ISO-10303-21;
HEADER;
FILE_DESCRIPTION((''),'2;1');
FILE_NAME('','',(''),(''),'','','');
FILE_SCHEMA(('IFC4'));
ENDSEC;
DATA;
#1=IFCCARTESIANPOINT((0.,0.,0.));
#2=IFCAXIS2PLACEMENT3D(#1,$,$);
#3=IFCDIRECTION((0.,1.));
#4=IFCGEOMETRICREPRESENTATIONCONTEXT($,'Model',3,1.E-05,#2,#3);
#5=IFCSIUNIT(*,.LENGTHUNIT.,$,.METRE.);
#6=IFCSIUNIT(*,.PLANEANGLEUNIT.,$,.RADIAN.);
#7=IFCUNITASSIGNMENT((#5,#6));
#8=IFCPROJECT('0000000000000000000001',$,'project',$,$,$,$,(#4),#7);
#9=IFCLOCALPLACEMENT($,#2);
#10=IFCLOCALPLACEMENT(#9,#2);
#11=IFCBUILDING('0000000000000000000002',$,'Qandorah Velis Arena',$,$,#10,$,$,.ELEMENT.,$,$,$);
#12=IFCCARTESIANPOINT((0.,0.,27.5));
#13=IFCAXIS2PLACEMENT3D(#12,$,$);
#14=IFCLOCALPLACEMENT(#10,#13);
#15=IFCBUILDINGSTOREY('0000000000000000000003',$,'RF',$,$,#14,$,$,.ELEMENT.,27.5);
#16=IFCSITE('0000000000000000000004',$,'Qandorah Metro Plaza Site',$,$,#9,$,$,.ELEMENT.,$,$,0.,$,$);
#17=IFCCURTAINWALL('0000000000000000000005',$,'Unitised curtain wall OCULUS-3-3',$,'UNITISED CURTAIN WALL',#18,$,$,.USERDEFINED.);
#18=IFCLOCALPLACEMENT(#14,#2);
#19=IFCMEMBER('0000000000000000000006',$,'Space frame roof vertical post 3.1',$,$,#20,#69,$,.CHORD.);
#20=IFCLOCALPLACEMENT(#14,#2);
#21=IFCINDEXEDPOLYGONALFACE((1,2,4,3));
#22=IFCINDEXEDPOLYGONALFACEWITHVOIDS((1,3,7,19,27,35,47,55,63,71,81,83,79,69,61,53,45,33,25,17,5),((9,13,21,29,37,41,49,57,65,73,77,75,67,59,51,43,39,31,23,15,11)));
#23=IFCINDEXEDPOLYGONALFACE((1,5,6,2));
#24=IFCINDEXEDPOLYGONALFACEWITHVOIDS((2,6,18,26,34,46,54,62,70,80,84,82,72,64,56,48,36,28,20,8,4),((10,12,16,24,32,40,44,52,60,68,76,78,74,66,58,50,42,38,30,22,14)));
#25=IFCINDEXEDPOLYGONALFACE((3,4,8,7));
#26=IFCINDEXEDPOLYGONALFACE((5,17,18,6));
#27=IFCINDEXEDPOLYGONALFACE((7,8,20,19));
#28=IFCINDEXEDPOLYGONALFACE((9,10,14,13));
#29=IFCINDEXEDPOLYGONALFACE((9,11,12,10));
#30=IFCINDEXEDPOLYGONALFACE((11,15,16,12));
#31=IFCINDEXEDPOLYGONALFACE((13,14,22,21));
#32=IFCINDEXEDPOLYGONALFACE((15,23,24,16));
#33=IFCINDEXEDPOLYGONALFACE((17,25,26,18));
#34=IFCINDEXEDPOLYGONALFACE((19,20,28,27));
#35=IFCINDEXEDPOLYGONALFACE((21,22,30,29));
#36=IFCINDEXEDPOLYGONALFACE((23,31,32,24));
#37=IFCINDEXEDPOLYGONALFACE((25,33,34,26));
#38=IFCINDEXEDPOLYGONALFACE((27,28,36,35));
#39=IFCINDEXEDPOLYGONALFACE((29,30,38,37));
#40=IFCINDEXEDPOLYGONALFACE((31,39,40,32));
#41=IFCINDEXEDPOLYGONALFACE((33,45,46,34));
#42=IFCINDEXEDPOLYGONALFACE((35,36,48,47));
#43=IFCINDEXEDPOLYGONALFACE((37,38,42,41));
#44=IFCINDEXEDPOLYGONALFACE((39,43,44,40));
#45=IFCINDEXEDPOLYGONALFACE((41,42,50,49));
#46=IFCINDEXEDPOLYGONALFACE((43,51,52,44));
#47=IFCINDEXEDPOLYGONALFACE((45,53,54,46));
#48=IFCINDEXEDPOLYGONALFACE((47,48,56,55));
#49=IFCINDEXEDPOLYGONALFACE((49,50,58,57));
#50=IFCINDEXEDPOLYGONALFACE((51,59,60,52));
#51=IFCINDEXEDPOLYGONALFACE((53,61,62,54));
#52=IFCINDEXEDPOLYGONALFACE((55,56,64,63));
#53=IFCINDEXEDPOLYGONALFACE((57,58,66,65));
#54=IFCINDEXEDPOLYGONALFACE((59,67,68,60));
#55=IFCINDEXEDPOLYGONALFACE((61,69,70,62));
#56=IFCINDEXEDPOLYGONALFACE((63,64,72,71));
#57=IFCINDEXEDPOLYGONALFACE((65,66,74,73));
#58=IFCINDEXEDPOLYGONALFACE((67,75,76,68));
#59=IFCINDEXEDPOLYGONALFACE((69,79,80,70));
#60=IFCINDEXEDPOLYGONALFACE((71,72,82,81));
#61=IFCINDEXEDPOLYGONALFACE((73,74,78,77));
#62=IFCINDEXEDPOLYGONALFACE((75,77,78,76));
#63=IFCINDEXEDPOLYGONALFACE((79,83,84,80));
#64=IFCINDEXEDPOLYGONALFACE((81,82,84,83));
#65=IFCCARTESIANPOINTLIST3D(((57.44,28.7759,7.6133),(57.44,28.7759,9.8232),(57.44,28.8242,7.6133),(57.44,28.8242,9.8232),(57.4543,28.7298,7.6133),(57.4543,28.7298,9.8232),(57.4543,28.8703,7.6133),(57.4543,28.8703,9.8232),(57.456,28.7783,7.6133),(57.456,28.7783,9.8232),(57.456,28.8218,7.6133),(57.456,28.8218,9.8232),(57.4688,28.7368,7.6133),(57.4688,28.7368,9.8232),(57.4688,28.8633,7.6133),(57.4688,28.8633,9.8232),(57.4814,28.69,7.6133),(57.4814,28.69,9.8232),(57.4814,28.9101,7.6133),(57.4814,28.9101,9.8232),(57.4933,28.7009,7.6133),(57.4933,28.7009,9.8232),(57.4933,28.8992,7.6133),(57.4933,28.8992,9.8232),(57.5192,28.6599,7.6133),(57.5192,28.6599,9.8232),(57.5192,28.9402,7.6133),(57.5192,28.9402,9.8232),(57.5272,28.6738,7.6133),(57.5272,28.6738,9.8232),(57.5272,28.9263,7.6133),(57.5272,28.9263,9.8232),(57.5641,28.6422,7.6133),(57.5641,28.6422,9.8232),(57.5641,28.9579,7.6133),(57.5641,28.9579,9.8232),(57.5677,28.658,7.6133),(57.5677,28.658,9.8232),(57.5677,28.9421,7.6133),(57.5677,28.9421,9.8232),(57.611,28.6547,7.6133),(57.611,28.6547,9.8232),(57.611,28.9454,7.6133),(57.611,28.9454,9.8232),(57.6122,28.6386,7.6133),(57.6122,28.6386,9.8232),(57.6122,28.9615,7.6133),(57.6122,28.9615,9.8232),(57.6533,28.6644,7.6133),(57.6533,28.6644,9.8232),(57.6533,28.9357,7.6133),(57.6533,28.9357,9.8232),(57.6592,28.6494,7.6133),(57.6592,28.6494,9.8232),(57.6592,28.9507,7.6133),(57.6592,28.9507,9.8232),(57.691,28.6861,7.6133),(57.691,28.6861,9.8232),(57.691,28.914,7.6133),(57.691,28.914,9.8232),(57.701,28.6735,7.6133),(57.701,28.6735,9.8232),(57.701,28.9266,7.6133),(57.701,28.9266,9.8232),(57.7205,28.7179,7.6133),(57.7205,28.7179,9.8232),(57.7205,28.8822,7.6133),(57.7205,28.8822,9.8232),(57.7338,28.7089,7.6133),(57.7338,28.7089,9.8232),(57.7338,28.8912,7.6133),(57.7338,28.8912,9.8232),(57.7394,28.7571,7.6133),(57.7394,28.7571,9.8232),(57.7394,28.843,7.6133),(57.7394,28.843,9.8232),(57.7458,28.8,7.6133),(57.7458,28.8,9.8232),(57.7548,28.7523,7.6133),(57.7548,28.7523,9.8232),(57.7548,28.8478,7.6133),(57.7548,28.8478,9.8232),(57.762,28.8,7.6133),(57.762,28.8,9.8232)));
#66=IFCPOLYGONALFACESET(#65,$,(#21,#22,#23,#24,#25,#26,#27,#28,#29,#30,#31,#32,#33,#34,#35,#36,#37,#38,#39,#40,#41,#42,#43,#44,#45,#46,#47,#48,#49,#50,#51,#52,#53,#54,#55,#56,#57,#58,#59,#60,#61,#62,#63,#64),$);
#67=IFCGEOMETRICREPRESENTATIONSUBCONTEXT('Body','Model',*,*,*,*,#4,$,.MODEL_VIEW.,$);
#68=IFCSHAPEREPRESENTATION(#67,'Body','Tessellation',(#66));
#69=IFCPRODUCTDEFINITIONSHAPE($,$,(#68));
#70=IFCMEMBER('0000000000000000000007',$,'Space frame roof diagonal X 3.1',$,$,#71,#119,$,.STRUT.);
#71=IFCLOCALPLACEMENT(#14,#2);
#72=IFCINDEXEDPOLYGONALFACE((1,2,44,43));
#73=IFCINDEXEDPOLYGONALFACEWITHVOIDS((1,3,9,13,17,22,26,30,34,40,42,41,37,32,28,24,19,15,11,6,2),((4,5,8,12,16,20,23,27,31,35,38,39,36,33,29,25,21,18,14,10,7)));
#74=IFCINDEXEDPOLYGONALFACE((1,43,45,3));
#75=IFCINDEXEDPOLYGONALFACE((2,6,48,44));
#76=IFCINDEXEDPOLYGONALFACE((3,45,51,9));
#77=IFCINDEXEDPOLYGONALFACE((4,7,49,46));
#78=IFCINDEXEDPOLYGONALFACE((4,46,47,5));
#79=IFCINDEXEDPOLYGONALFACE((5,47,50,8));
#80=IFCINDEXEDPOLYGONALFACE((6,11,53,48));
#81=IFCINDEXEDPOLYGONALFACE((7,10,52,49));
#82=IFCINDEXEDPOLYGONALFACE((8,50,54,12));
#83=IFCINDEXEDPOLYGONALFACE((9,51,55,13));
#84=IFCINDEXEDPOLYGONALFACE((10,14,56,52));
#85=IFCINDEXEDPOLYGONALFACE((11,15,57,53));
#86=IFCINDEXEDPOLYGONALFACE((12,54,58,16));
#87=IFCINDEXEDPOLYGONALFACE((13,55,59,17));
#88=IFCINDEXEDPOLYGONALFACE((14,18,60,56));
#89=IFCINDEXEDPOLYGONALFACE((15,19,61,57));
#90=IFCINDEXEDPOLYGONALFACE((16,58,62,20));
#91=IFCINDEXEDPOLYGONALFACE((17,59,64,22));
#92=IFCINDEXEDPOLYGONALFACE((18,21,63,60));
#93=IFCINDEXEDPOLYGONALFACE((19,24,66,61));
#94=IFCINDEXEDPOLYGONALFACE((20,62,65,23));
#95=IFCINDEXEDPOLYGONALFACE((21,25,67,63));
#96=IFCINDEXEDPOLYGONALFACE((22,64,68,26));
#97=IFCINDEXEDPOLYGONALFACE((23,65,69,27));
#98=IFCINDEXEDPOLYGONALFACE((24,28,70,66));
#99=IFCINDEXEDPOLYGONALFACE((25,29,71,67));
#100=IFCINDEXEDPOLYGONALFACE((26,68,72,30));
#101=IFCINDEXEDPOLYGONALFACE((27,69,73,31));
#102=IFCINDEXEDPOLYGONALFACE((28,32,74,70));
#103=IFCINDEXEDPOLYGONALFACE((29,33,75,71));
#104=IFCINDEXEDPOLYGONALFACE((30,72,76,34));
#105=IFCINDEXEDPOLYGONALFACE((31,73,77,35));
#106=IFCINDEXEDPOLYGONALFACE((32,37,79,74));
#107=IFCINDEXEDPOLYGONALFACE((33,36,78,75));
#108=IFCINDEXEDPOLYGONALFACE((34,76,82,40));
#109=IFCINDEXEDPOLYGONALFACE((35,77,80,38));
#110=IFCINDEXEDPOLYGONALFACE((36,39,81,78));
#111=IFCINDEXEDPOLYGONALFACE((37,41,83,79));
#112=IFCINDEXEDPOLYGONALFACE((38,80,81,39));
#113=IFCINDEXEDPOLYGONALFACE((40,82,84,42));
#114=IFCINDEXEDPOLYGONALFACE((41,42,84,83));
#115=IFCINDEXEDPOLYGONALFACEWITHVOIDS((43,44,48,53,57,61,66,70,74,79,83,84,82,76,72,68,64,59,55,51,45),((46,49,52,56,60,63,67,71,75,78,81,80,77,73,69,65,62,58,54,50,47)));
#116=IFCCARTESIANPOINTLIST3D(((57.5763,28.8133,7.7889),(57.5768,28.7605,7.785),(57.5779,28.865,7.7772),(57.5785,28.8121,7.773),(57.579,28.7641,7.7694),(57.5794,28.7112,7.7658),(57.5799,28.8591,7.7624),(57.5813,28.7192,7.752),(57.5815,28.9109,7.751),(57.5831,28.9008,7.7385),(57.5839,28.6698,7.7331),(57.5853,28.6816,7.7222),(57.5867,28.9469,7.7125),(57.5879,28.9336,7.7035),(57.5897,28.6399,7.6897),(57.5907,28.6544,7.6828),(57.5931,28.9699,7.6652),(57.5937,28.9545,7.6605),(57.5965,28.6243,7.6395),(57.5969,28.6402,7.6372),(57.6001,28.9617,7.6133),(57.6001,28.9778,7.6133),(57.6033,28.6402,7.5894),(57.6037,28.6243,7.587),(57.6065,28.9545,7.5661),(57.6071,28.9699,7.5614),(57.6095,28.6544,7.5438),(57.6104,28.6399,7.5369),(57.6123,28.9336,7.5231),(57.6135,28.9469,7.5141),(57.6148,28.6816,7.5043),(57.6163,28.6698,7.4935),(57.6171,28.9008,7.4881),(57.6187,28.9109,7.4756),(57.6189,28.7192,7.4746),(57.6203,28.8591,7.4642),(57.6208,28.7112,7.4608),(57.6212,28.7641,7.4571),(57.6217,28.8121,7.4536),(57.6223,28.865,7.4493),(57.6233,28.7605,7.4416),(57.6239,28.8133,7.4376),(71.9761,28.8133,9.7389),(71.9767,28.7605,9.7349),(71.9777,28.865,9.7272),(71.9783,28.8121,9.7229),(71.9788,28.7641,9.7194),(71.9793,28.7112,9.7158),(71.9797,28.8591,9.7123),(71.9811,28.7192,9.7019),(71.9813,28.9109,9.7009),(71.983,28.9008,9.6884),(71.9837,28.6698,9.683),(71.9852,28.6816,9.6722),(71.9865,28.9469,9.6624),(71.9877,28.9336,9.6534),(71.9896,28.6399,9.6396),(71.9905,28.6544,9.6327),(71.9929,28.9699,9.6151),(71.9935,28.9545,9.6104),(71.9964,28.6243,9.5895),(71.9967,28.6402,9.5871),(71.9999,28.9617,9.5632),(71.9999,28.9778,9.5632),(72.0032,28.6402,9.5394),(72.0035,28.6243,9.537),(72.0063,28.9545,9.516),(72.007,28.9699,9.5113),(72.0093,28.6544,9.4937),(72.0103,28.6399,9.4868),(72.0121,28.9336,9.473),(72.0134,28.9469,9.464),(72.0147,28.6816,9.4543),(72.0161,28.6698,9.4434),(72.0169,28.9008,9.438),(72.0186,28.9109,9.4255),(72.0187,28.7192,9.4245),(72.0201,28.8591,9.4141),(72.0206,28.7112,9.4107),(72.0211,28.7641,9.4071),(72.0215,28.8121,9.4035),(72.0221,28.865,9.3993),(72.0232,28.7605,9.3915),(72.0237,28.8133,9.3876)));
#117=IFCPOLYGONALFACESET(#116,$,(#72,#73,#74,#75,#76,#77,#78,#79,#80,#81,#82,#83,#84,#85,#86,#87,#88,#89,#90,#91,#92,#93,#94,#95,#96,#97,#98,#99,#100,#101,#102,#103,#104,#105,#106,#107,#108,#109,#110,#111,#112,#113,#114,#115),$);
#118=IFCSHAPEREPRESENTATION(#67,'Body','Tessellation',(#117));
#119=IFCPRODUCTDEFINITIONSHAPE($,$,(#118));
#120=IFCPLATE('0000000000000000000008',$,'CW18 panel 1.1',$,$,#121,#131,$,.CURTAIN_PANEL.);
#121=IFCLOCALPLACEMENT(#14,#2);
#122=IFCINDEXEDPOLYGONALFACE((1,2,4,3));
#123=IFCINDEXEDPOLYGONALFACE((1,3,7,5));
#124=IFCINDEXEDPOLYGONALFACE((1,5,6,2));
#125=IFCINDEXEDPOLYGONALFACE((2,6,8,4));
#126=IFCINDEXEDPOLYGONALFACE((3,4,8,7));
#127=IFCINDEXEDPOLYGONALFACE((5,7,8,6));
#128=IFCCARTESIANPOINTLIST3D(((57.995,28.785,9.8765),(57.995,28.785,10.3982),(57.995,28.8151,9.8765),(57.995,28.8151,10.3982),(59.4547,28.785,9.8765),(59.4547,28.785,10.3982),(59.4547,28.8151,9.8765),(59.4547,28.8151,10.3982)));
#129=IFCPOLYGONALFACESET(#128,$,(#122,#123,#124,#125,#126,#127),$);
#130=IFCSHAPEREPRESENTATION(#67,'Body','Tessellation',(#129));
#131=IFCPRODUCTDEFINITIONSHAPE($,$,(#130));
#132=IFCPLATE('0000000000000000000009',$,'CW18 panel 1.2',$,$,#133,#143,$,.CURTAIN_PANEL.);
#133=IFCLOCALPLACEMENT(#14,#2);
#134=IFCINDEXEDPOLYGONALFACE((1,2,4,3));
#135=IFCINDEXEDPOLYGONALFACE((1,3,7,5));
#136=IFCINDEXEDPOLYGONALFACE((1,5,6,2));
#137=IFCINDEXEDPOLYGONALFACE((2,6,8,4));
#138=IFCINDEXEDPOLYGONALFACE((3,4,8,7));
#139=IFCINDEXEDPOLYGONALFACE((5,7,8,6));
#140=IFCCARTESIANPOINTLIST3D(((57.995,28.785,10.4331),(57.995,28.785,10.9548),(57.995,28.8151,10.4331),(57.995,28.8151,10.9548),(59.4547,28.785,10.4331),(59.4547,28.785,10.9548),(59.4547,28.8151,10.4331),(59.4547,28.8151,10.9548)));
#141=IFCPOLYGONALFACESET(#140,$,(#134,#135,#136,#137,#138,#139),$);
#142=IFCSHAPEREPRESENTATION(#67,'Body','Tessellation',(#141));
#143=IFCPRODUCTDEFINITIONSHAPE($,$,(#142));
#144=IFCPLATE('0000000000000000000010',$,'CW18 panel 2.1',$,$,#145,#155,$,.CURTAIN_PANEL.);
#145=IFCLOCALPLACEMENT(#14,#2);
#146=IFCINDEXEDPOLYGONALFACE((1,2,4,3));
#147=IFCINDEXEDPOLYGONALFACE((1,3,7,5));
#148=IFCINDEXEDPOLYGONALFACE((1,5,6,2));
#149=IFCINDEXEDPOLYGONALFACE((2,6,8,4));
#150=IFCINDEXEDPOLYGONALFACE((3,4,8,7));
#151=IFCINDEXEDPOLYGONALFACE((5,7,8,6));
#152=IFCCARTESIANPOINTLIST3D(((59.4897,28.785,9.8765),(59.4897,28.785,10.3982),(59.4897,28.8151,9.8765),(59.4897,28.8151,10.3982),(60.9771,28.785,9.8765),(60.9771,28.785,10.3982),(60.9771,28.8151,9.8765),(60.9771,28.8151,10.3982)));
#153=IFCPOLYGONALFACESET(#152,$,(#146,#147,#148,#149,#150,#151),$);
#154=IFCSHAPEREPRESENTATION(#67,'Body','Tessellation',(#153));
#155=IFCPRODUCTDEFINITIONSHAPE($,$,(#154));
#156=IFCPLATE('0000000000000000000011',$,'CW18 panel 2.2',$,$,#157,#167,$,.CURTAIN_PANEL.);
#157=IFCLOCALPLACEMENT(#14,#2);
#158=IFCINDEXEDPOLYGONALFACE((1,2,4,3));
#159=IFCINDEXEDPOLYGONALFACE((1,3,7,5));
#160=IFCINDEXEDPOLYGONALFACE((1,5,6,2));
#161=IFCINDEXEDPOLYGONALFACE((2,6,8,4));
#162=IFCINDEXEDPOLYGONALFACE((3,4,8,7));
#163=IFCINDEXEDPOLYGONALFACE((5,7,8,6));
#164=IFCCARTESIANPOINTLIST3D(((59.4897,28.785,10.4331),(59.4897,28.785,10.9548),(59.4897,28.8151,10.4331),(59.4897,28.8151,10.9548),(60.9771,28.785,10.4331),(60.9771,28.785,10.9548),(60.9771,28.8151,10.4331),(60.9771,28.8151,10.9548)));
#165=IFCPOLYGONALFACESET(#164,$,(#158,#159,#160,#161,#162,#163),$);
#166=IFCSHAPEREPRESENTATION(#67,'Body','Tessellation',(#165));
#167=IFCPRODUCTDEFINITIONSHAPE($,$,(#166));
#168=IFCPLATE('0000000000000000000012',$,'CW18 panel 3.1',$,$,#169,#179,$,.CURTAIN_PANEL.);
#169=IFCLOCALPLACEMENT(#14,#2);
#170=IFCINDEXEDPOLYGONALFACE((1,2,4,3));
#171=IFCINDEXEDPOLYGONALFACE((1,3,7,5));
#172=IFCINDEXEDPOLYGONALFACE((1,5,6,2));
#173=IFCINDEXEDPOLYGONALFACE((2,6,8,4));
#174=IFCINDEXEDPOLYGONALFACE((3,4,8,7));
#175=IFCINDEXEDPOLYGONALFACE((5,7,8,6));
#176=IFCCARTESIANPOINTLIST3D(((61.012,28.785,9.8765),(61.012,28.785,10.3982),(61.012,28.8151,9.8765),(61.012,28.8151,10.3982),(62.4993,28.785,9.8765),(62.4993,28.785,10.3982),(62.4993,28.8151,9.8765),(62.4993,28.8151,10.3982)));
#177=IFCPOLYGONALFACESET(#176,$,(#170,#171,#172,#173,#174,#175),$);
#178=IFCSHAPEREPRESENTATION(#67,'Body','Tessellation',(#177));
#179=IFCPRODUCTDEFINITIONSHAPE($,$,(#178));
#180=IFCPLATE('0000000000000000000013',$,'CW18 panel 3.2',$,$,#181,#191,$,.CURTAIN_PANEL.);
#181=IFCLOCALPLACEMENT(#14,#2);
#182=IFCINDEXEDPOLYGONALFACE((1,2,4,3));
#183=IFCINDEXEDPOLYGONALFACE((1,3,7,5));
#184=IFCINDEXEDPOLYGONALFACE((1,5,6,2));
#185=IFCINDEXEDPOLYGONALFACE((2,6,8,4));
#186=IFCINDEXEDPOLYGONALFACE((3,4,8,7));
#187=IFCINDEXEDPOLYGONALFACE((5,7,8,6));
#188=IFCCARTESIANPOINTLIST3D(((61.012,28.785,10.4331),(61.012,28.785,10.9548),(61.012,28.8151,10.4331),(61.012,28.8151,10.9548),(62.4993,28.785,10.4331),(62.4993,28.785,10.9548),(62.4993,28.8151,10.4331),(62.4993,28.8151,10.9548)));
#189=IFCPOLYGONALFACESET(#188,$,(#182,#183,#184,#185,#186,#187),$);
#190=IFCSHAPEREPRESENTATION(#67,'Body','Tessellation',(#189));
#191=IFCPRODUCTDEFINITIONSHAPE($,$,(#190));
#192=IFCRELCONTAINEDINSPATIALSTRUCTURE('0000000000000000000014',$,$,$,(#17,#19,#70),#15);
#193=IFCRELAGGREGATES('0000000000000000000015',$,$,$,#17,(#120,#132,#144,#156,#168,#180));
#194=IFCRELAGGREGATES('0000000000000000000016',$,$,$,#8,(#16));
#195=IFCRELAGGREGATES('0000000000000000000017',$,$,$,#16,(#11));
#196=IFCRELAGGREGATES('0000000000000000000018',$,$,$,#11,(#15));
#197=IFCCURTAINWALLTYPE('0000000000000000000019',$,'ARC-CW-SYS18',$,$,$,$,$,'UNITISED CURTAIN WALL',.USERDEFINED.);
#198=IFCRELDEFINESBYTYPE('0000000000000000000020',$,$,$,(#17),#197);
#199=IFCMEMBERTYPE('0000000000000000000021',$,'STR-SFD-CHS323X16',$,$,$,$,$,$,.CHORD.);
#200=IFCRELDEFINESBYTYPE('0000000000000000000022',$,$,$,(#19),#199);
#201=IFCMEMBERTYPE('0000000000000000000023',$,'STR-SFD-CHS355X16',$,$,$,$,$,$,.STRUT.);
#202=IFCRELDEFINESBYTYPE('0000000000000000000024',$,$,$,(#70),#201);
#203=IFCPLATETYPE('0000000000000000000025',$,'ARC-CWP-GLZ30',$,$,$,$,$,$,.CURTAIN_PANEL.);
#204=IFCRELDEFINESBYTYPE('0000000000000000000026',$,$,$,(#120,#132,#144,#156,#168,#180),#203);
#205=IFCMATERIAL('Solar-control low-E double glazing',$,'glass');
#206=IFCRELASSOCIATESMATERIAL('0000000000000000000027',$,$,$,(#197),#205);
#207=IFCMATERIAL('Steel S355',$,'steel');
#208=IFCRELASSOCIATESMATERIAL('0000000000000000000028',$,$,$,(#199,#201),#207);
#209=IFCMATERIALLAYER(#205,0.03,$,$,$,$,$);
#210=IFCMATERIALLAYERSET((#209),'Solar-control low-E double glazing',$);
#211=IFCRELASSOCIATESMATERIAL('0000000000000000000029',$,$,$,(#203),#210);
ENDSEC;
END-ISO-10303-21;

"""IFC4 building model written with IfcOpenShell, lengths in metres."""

from ifc_helpers import new_model, si_unit, direction, frame, origin, origin_2d, place, context, subcontext, project, spatial, rectangle, hollow_circle, extrude, material, layer, layer_set, material_profile, profile_set, type_object, element, aggregate, save


model = new_model("IFC4")

# Units and contexts
model_context = context("Model", 3, precision=1e-05, world=origin(), true_north=direction((0.0, 1.0)))
body_context = subcontext(model_context, "Body", "Model", "MODEL_VIEW")
ifc_project = project(units=[si_unit("LENGTHUNIT", "METRE"), si_unit("PLANEANGLEUNIT", "RADIAN")], contexts=[model_context])

# Site, building, storey
site_placement = place(None, origin())
site = spatial("IfcSite", under=ifc_project, at=site_placement, Name="Qandorah Metro Plaza Site", CompositionType="ELEMENT", RefElevation=0.0)
building_placement = place(site_placement, origin())
building = spatial("IfcBuilding", under=site, at=building_placement, Name="Qandorah Velis Arena", CompositionType="ELEMENT")
storey_placement = place(building_placement, frame((0.0, 0.0, 27.5)))
storey = spatial("IfcBuildingStorey", under=building, at=storey_placement, Name="RF", CompositionType="ELEMENT", Elevation=27.5)

# Shared definitions
ifc_material_1 = material(Name="Solar-control low-E double glazing", Category="glass")

# Curtain wall
curtain_wall_type_1 = type_object("IfcCurtainWallType", Name="ARC-CW-SYS18", ElementType="UNITISED CURTAIN WALL", PredefinedType="USERDEFINED", material=ifc_material_1)
curtain_wall_1_placement = place(storey_placement, origin())
curtain_wall_1 = element("IfcCurtainWall", 1, at=curtain_wall_1_placement, inside=storey, type_object=curtain_wall_type_1, Name="Unitised curtain wall OCULUS-3-3", ObjectType="UNITISED CURTAIN WALL", PredefinedType="USERDEFINED")

# Shared definitions
ifc_material_2 = material(Name="Steel S355", Category="steel")

# Members
ifc_material_profile_1 = material_profile(ifc_material_2, hollow_circle(Radius=0.1619, WallThickness=0.0161, at=origin_2d()), Name="CHS 323.9x16")
ifc_profile_set_1 = profile_set([ifc_material_profile_1], Name="Steel S355")
member_type_1 = type_object("IfcMemberType", Name="STR-SFD-CHS323X16", PredefinedType="CHORD", material=ifc_profile_set_1)
for number, where, z_axis, x_axis, name in (
    (2, (57.6001, 28.8, 7.6133), (0.0, 0.0, 1.0), (1.0, 0.0, 0.0), "Space frame roof vertical post 3.1"),
):
    element("IfcMember", number, at=place(storey_placement, frame(where, z_axis=z_axis, x_axis=x_axis)), inside=storey, type_object=member_type_1, Name=name, PredefinedType="CHORD", context=body_context, shape_type="SweptSolid", body=[
        extrude(hollow_circle(Radius=0.1619, WallThickness=0.0161, at=origin_2d()), origin(), (0.0, 0.0, 1.0), 2.21),
    ])
ifc_material_profile_2 = material_profile(ifc_material_2, hollow_circle(Radius=0.1777, WallThickness=0.0161, at=origin_2d()), Name="CHS 355.6x16")
ifc_profile_set_2 = profile_set([ifc_material_profile_2], Name="Steel S355")
member_type_2 = type_object("IfcMemberType", Name="STR-SFD-CHS355X16", PredefinedType="STRUT", material=ifc_profile_set_2)
member_1_placement = place(storey_placement, frame((57.6001, 28.8, 7.6133), z_axis=(0.990956, 0.0, 0.134189), x_axis=(0.0, 1.0, 0.0)))
element("IfcMember", 3, at=member_1_placement, inside=storey, type_object=member_type_2, Name="Space frame roof diagonal X 3.1", PredefinedType="STRUT", context=body_context, shape_type="SweptSolid", body=[
    extrude(hollow_circle(Radius=0.1777, WallThickness=0.0161, at=origin_2d()), origin(), (0.0, 0.0, 1.0), 14.5312),
])

# Plates
ifc_layer_1 = layer(ifc_material_1, 0.03)
ifc_layer_set_1 = layer_set([ifc_layer_1], Name="Solar-control low-E double glazing")
plate_type_1 = type_object("IfcPlateType", Name="ARC-CWP-GLZ30", PredefinedType="CURTAIN_PANEL", material=ifc_layer_set_1)
plate_1_placement = place(storey_placement, frame((58.7249, 28.8, 9.8765), z_axis=(0.0, 0.0, 1.0), x_axis=(1.0, 0.0, 0.0)))
plate_1 = element("IfcPlate", 4, at=plate_1_placement, type_object=plate_type_1, Name="CW18 panel 1.1", PredefinedType="CURTAIN_PANEL", context=body_context, shape_type="SweptSolid", body=[
    extrude(rectangle(XDim=1.4597, YDim=0.03, at=origin_2d()), origin(), (0.0, 0.0, 1.0), 0.5217),
])
plate_2_placement = place(storey_placement, frame((58.7249, 28.8, 10.4331), z_axis=(0.0, 0.0, 1.0), x_axis=(1.0, 0.0, 0.0)))
plate_2 = element("IfcPlate", 5, at=plate_2_placement, type_object=plate_type_1, Name="CW18 panel 1.2", PredefinedType="CURTAIN_PANEL", context=body_context, shape_type="SweptSolid", body=[
    extrude(rectangle(XDim=1.4597, YDim=0.03, at=origin_2d()), origin(), (0.0, 0.0, 1.0), 0.5217),
])
plate_3_placement = place(storey_placement, frame((60.2334, 28.8, 9.8765), z_axis=(0.0, 0.0, 1.0), x_axis=(1.0, 0.0, 0.0)))
plate_3 = element("IfcPlate", 6, at=plate_3_placement, type_object=plate_type_1, Name="CW18 panel 2.1", PredefinedType="CURTAIN_PANEL", context=body_context, shape_type="SweptSolid", body=[
    extrude(rectangle(XDim=1.4873, YDim=0.03, at=origin_2d()), origin(), (0.0, 0.0, 1.0), 0.5217),
])
plate_4_placement = place(storey_placement, frame((60.2334, 28.8, 10.4331), z_axis=(0.0, 0.0, 1.0), x_axis=(1.0, 0.0, 0.0)))
plate_4 = element("IfcPlate", 7, at=plate_4_placement, type_object=plate_type_1, Name="CW18 panel 2.2", PredefinedType="CURTAIN_PANEL", context=body_context, shape_type="SweptSolid", body=[
    extrude(rectangle(XDim=1.4873, YDim=0.03, at=origin_2d()), origin(), (0.0, 0.0, 1.0), 0.5217),
])
plate_5_placement = place(storey_placement, frame((61.7556, 28.8, 9.8765), z_axis=(0.0, 0.0, 1.0), x_axis=(1.0, 0.0, 0.0)))
plate_5 = element("IfcPlate", 8, at=plate_5_placement, type_object=plate_type_1, Name="CW18 panel 3.1", PredefinedType="CURTAIN_PANEL", context=body_context, shape_type="SweptSolid", body=[
    extrude(rectangle(XDim=1.4873, YDim=0.03, at=origin_2d()), origin(), (0.0, 0.0, 1.0), 0.5217),
])
plate_6_placement = place(storey_placement, frame((61.7556, 28.8, 10.4331), z_axis=(0.0, 0.0, 1.0), x_axis=(1.0, 0.0, 0.0)))
plate_6 = element("IfcPlate", 9, at=plate_6_placement, type_object=plate_type_1, Name="CW18 panel 3.2", PredefinedType="CURTAIN_PANEL", context=body_context, shape_type="SweptSolid", body=[
    extrude(rectangle(XDim=1.4873, YDim=0.03, at=origin_2d()), origin(), (0.0, 0.0, 1.0), 0.5217),
])
aggregate(curtain_wall_1, [plate_1, plate_2, plate_3, plate_4, plate_5, plate_6])

save(model, "model.ifc")
